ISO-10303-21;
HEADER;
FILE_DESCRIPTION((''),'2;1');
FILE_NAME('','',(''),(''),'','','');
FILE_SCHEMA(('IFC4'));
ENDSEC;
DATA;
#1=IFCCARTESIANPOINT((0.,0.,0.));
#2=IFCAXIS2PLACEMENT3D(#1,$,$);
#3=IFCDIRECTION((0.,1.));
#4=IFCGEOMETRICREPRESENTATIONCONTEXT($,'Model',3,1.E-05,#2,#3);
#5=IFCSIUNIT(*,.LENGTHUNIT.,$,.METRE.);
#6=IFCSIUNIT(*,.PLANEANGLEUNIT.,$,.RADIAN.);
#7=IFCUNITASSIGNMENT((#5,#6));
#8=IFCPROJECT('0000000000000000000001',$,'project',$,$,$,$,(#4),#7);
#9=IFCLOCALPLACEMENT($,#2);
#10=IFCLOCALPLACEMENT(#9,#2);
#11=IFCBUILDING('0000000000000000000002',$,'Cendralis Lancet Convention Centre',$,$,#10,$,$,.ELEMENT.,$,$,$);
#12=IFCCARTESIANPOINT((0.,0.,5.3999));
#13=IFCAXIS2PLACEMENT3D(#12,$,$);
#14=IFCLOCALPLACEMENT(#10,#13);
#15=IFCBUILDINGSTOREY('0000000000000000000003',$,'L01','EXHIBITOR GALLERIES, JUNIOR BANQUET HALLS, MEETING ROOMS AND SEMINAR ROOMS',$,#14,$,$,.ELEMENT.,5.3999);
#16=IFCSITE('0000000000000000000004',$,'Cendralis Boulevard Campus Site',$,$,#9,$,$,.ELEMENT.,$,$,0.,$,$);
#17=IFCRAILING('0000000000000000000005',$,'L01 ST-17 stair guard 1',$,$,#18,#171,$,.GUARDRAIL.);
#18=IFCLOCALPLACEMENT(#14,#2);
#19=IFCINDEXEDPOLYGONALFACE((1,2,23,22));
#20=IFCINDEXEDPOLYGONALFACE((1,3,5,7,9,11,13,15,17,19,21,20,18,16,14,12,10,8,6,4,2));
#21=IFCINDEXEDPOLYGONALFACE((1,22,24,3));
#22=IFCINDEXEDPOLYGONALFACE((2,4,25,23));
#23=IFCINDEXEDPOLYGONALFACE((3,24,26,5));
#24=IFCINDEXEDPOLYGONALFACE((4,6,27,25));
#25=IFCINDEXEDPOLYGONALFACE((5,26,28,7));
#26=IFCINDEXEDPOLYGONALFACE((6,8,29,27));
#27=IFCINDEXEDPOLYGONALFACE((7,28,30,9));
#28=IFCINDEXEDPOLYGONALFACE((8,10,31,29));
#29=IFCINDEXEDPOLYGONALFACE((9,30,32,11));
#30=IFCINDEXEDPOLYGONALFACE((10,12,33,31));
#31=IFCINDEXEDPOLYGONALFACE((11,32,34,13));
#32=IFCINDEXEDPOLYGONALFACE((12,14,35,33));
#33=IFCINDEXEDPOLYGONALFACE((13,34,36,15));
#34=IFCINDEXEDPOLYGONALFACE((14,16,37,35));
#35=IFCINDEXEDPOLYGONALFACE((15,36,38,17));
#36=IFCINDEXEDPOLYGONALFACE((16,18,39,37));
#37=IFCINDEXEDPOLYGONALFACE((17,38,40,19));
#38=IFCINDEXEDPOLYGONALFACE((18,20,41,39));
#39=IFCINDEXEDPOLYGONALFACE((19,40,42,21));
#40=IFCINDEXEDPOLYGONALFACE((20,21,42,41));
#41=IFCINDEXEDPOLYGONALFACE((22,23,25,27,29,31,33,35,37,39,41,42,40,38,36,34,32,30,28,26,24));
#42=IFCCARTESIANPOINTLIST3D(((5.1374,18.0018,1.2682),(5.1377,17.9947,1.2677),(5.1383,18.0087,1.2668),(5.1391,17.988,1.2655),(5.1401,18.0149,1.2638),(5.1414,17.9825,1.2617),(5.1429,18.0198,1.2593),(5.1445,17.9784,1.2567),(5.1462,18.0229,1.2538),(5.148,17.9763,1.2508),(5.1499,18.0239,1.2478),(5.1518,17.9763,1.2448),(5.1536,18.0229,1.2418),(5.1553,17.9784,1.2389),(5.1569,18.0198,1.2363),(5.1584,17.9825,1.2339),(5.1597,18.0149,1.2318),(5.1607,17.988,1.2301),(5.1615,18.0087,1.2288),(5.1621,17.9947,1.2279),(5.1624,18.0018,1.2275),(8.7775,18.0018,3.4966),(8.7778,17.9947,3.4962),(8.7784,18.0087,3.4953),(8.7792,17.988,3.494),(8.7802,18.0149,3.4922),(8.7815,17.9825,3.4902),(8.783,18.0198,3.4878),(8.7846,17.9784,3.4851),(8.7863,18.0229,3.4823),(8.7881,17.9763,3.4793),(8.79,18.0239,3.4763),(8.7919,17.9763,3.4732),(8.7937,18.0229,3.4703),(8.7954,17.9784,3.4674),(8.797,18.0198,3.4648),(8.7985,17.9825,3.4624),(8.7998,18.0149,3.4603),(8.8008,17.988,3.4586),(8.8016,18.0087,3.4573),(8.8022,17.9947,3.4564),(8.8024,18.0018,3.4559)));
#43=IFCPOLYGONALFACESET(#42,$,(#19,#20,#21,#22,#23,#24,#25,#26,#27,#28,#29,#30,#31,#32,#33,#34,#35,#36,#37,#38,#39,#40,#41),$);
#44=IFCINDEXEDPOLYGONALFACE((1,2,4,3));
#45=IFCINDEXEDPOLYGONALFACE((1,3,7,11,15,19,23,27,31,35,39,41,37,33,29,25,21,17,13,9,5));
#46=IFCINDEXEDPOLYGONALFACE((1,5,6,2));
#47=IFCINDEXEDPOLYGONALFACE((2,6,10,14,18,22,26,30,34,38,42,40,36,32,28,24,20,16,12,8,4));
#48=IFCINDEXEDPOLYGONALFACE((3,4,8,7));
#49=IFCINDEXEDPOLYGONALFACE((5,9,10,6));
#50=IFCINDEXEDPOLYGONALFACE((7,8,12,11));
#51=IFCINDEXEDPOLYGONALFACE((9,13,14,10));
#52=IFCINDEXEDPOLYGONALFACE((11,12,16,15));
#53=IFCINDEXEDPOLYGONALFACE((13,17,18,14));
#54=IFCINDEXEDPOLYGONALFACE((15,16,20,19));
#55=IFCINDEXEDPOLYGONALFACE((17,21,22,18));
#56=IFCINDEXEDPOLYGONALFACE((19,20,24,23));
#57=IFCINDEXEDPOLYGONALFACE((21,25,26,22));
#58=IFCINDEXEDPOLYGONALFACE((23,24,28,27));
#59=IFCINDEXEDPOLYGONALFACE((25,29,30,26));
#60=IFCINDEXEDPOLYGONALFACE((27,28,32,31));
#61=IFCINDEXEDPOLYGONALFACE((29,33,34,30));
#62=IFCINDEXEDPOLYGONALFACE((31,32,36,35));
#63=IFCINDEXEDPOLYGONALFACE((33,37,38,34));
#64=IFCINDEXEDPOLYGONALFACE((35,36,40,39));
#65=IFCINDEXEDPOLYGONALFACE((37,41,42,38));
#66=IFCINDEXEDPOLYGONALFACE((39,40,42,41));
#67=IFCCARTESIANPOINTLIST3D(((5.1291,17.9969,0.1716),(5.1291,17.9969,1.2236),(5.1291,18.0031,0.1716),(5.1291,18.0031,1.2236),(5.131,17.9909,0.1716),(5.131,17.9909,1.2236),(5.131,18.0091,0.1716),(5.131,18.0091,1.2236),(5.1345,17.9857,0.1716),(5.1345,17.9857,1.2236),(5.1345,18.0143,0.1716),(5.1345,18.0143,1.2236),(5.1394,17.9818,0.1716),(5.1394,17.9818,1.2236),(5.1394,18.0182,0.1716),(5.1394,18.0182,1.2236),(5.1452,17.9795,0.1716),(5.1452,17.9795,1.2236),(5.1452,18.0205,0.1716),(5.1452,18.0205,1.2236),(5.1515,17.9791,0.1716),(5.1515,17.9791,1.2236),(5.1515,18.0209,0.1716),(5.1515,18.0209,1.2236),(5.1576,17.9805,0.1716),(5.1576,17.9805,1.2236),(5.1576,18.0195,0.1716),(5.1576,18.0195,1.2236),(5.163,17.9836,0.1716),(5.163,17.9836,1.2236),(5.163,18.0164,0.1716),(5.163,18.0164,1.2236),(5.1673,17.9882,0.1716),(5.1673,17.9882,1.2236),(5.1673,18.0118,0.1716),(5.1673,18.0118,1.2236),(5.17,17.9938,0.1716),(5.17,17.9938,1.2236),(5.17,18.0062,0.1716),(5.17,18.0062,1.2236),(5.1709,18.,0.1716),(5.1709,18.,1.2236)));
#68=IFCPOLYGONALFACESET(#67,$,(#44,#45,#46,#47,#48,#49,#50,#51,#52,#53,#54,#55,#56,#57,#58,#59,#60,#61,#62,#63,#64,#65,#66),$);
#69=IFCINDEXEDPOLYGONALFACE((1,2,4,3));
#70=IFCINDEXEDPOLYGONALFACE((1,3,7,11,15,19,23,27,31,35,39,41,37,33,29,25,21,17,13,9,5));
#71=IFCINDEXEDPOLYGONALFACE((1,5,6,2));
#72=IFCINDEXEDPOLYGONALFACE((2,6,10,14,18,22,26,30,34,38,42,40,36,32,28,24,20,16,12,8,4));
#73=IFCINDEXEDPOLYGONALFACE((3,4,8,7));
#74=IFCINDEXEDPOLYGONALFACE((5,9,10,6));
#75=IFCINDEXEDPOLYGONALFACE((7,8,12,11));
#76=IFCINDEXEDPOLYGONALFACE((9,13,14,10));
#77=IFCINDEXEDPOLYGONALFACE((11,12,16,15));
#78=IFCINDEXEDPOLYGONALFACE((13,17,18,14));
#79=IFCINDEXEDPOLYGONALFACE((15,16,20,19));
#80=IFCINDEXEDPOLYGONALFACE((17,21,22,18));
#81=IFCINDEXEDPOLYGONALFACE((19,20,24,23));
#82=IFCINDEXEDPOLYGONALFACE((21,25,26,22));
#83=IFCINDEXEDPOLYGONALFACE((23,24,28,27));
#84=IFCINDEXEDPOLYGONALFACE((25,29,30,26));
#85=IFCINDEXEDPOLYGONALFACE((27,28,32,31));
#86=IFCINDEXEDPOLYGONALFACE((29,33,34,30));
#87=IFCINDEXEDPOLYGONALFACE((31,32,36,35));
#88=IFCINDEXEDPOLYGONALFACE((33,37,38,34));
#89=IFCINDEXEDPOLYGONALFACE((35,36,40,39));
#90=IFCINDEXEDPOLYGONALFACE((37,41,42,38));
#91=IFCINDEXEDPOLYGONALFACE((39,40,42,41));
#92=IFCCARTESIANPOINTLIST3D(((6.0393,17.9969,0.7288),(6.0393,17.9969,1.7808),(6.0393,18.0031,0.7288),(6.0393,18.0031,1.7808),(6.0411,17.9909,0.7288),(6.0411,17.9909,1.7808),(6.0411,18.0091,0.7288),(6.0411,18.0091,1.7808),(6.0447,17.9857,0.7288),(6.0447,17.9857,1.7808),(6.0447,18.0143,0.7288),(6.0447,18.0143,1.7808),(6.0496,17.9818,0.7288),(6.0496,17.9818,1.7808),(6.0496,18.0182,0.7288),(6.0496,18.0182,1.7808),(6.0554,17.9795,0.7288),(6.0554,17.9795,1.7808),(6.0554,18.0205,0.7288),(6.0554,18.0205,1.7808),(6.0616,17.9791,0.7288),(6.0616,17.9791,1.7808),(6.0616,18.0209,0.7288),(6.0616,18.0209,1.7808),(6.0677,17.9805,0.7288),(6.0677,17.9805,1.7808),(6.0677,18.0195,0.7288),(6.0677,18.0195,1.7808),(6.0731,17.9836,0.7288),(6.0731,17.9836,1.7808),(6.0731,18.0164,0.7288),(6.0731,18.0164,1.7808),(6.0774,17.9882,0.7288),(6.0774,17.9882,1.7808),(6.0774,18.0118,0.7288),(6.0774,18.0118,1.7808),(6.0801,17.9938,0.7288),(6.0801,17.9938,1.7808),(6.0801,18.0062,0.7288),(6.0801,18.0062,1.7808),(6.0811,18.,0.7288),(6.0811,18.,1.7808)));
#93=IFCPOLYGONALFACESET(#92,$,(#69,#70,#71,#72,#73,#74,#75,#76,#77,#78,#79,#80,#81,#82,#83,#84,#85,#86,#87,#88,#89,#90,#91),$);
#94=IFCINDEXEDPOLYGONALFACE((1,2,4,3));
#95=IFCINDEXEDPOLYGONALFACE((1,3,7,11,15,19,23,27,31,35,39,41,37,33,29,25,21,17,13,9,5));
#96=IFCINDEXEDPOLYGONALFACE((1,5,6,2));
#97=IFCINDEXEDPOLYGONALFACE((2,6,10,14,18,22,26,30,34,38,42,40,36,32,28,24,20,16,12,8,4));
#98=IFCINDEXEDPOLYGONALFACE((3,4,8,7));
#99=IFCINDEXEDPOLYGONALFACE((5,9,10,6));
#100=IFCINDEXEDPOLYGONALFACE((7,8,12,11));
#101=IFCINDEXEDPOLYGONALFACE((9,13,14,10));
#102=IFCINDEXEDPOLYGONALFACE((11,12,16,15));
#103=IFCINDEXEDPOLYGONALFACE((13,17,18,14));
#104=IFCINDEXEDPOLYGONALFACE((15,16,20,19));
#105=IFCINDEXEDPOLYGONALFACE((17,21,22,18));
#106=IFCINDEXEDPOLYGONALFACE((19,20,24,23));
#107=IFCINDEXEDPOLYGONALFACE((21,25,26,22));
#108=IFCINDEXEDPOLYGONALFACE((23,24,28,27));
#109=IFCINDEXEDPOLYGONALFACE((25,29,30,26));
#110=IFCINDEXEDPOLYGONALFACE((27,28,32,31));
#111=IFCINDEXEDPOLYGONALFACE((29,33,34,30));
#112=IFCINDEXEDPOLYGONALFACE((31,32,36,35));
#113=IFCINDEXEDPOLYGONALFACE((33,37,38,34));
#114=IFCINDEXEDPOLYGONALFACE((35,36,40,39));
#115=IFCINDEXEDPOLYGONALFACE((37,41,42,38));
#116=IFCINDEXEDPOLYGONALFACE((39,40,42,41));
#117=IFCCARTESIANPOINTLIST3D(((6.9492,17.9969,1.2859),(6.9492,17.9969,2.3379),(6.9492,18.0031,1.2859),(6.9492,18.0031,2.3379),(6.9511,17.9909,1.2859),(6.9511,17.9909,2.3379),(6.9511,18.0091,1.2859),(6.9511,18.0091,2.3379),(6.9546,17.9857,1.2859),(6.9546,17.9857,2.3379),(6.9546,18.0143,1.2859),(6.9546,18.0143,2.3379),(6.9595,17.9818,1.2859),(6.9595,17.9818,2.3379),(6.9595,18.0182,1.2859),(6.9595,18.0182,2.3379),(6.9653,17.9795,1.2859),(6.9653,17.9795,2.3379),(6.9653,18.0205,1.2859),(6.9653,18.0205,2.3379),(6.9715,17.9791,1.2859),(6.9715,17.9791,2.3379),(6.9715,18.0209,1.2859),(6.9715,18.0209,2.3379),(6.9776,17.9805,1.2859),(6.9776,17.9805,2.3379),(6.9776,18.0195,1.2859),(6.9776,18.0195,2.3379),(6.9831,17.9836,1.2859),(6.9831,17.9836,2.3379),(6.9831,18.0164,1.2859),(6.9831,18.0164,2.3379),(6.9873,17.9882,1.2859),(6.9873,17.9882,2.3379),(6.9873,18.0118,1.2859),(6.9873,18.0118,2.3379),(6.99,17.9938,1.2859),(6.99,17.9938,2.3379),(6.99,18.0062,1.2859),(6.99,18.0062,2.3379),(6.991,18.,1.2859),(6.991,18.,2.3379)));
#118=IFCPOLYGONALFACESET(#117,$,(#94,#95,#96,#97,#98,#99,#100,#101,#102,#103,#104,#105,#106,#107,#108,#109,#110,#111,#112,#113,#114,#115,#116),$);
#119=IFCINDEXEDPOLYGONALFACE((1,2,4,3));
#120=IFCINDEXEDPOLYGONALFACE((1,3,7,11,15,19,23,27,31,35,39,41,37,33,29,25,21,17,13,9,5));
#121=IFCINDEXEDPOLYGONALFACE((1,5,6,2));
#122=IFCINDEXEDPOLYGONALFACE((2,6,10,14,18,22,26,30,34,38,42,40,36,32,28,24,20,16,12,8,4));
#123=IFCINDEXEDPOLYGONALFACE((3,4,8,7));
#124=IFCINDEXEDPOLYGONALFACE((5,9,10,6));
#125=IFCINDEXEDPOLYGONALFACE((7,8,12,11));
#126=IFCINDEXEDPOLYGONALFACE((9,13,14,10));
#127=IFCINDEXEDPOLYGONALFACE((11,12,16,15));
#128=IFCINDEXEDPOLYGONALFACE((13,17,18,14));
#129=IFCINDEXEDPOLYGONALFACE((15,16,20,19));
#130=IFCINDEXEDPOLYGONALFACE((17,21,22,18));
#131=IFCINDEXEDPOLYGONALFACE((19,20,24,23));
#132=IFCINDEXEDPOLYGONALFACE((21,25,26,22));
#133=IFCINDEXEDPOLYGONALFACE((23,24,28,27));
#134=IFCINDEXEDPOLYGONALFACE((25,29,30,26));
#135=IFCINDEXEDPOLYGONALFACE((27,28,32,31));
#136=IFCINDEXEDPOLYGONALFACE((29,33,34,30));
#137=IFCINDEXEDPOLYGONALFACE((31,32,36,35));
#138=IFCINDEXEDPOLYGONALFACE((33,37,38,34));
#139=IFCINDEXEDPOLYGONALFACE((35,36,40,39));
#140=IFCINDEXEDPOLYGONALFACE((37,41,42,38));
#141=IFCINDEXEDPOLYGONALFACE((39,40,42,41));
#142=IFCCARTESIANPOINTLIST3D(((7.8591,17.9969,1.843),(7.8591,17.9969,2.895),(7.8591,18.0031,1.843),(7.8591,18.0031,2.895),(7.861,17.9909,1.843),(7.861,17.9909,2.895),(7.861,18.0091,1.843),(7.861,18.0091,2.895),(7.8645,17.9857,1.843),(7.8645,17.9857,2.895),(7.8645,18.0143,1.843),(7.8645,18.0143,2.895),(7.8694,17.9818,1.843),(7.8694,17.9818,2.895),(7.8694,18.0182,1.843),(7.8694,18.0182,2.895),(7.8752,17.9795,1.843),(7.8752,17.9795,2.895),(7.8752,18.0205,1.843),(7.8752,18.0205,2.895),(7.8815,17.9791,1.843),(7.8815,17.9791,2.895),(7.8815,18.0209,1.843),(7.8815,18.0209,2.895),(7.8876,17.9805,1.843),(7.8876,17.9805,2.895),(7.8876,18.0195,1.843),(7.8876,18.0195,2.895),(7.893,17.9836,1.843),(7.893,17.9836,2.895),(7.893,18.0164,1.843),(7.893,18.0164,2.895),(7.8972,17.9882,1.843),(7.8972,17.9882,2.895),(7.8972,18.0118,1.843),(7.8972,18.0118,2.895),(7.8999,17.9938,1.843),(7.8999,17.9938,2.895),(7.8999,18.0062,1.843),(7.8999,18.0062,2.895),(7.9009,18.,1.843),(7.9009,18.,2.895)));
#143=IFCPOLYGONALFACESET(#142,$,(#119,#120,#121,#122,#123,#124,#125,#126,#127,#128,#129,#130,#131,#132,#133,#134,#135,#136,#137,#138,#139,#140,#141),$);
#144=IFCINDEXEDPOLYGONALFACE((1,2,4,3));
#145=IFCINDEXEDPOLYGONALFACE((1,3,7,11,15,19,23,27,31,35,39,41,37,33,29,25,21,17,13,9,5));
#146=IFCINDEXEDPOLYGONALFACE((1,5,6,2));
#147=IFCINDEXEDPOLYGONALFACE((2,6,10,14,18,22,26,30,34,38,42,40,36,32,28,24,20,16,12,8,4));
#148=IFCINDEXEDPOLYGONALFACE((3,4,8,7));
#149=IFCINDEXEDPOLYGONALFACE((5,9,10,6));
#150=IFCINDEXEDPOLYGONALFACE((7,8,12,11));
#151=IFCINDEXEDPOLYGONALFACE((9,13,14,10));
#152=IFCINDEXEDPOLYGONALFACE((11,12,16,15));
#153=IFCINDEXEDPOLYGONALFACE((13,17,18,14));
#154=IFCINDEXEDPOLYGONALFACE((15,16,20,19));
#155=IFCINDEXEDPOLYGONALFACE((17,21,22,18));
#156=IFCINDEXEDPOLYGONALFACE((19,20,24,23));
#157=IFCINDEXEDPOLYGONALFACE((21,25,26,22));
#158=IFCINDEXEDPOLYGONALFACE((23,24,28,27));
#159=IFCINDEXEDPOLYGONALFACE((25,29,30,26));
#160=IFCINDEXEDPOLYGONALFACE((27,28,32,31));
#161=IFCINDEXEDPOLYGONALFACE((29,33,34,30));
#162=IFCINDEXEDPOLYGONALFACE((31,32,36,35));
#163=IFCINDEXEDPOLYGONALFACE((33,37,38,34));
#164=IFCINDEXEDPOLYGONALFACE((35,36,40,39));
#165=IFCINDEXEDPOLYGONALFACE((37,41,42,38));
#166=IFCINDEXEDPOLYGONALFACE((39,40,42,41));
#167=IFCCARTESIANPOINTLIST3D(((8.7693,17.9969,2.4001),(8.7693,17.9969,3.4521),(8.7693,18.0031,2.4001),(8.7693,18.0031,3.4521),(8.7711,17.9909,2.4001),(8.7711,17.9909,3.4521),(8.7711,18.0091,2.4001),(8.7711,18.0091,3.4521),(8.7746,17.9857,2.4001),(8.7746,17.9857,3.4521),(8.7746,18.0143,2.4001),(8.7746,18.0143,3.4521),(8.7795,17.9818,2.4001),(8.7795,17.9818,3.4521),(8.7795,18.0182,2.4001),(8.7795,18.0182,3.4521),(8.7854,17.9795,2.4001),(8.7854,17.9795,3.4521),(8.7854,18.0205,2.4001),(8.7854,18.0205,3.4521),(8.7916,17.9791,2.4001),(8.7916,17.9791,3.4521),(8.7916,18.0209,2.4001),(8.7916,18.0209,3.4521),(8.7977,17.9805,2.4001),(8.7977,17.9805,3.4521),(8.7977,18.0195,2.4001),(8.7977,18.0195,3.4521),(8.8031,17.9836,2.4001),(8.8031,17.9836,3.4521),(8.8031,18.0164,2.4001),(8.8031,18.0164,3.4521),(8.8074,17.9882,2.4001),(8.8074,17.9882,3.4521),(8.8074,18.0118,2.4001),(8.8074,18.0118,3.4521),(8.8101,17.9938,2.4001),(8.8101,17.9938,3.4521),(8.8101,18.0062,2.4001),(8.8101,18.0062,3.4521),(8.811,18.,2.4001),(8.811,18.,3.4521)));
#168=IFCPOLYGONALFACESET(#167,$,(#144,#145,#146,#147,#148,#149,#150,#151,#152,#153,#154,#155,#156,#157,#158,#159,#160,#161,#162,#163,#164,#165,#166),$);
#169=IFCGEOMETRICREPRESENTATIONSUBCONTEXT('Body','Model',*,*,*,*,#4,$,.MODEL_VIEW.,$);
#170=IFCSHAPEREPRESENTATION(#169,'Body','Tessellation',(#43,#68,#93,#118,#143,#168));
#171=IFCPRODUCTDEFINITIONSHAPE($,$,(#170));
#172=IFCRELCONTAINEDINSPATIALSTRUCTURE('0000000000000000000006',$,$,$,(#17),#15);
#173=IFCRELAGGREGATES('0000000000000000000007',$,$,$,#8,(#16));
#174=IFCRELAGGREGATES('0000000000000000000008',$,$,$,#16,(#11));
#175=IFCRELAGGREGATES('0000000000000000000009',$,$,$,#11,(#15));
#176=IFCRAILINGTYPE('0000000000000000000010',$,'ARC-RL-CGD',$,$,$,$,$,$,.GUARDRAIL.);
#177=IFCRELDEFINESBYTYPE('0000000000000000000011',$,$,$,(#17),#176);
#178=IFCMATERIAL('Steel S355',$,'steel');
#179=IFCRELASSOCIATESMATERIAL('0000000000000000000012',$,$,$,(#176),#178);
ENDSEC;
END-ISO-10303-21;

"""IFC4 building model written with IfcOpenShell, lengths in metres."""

from ifc_helpers import new_model, si_unit, direction, frame, origin, origin_2d, place, context, subcontext, project, spatial, circle, extrude, material, type_object, element, save


model = new_model("IFC4")

# Units and contexts
model_context = context("Model", 3, precision=1e-05, world=origin(), true_north=direction((0.0, 1.0)))
body_context = subcontext(model_context, "Body", "Model", "MODEL_VIEW")
ifc_project = project(units=[si_unit("LENGTHUNIT", "METRE"), si_unit("PLANEANGLEUNIT", "RADIAN")], contexts=[model_context])

# Site, building, storey
site_placement = place(None, origin())
site = spatial("IfcSite", under=ifc_project, at=site_placement, Name="Cendralis Boulevard Campus Site", CompositionType="ELEMENT", RefElevation=0.0)
building_placement = place(site_placement, origin())
building = spatial("IfcBuilding", under=site, at=building_placement, Name="Cendralis Lancet Convention Centre", CompositionType="ELEMENT")
storey_placement = place(building_placement, frame((0.0, 0.0, 5.3999)))
storey = spatial("IfcBuildingStorey", under=building, at=storey_placement, Name="L01", Description="EXHIBITOR GALLERIES, JUNIOR BANQUET HALLS, MEETING ROOMS AND SEMINAR ROOMS", CompositionType="ELEMENT", Elevation=5.3999)

# Shared definitions
ifc_material_1 = material(Name="Steel S355", Category="steel")

# Railing
railing_type_1 = type_object("IfcRailingType", Name="ARC-RL-CGD", PredefinedType="GUARDRAIL", material=ifc_material_1)
railing_1_placement = place(storey_placement, frame((5.1499, 18.0, 0.1716)))
element("IfcRailing", 1, at=railing_1_placement, inside=storey, type_object=railing_type_1, Name="L01 ST-17 stair guard 1", PredefinedType="GUARDRAIL", context=body_context, shape_type="SweptSolid", body=[
    extrude(circle(Radius=0.0239, at=origin_2d()), frame((0.0, 0.0, 1.0762), z_axis=(0.852866, 0.0, 0.52213), x_axis=(0.0, 1.0, 0.0)), (0.0, 0.0, 1.0), 4.2681),
    extrude(circle(Radius=0.021, at=origin_2d()), origin(), (0.0, 0.0, 1.0), 1.052),
    extrude(circle(Radius=0.021, at=origin_2d()), frame((0.9102, 0.0, 0.5571)), (0.0, 0.0, 1.0), 1.052),
    extrude(circle(Radius=0.021, at=origin_2d()), frame((1.8201, 0.0, 1.1143)), (0.0, 0.0, 1.0), 1.052),
    extrude(circle(Radius=0.021, at=origin_2d()), frame((2.73, 0.0, 1.6714)), (0.0, 0.0, 1.0), 1.052),
    extrude(circle(Radius=0.021, at=origin_2d()), frame((3.6401, 0.0, 2.2285)), (0.0, 0.0, 1.0), 1.052),
])

save(model, "model.ifc")
